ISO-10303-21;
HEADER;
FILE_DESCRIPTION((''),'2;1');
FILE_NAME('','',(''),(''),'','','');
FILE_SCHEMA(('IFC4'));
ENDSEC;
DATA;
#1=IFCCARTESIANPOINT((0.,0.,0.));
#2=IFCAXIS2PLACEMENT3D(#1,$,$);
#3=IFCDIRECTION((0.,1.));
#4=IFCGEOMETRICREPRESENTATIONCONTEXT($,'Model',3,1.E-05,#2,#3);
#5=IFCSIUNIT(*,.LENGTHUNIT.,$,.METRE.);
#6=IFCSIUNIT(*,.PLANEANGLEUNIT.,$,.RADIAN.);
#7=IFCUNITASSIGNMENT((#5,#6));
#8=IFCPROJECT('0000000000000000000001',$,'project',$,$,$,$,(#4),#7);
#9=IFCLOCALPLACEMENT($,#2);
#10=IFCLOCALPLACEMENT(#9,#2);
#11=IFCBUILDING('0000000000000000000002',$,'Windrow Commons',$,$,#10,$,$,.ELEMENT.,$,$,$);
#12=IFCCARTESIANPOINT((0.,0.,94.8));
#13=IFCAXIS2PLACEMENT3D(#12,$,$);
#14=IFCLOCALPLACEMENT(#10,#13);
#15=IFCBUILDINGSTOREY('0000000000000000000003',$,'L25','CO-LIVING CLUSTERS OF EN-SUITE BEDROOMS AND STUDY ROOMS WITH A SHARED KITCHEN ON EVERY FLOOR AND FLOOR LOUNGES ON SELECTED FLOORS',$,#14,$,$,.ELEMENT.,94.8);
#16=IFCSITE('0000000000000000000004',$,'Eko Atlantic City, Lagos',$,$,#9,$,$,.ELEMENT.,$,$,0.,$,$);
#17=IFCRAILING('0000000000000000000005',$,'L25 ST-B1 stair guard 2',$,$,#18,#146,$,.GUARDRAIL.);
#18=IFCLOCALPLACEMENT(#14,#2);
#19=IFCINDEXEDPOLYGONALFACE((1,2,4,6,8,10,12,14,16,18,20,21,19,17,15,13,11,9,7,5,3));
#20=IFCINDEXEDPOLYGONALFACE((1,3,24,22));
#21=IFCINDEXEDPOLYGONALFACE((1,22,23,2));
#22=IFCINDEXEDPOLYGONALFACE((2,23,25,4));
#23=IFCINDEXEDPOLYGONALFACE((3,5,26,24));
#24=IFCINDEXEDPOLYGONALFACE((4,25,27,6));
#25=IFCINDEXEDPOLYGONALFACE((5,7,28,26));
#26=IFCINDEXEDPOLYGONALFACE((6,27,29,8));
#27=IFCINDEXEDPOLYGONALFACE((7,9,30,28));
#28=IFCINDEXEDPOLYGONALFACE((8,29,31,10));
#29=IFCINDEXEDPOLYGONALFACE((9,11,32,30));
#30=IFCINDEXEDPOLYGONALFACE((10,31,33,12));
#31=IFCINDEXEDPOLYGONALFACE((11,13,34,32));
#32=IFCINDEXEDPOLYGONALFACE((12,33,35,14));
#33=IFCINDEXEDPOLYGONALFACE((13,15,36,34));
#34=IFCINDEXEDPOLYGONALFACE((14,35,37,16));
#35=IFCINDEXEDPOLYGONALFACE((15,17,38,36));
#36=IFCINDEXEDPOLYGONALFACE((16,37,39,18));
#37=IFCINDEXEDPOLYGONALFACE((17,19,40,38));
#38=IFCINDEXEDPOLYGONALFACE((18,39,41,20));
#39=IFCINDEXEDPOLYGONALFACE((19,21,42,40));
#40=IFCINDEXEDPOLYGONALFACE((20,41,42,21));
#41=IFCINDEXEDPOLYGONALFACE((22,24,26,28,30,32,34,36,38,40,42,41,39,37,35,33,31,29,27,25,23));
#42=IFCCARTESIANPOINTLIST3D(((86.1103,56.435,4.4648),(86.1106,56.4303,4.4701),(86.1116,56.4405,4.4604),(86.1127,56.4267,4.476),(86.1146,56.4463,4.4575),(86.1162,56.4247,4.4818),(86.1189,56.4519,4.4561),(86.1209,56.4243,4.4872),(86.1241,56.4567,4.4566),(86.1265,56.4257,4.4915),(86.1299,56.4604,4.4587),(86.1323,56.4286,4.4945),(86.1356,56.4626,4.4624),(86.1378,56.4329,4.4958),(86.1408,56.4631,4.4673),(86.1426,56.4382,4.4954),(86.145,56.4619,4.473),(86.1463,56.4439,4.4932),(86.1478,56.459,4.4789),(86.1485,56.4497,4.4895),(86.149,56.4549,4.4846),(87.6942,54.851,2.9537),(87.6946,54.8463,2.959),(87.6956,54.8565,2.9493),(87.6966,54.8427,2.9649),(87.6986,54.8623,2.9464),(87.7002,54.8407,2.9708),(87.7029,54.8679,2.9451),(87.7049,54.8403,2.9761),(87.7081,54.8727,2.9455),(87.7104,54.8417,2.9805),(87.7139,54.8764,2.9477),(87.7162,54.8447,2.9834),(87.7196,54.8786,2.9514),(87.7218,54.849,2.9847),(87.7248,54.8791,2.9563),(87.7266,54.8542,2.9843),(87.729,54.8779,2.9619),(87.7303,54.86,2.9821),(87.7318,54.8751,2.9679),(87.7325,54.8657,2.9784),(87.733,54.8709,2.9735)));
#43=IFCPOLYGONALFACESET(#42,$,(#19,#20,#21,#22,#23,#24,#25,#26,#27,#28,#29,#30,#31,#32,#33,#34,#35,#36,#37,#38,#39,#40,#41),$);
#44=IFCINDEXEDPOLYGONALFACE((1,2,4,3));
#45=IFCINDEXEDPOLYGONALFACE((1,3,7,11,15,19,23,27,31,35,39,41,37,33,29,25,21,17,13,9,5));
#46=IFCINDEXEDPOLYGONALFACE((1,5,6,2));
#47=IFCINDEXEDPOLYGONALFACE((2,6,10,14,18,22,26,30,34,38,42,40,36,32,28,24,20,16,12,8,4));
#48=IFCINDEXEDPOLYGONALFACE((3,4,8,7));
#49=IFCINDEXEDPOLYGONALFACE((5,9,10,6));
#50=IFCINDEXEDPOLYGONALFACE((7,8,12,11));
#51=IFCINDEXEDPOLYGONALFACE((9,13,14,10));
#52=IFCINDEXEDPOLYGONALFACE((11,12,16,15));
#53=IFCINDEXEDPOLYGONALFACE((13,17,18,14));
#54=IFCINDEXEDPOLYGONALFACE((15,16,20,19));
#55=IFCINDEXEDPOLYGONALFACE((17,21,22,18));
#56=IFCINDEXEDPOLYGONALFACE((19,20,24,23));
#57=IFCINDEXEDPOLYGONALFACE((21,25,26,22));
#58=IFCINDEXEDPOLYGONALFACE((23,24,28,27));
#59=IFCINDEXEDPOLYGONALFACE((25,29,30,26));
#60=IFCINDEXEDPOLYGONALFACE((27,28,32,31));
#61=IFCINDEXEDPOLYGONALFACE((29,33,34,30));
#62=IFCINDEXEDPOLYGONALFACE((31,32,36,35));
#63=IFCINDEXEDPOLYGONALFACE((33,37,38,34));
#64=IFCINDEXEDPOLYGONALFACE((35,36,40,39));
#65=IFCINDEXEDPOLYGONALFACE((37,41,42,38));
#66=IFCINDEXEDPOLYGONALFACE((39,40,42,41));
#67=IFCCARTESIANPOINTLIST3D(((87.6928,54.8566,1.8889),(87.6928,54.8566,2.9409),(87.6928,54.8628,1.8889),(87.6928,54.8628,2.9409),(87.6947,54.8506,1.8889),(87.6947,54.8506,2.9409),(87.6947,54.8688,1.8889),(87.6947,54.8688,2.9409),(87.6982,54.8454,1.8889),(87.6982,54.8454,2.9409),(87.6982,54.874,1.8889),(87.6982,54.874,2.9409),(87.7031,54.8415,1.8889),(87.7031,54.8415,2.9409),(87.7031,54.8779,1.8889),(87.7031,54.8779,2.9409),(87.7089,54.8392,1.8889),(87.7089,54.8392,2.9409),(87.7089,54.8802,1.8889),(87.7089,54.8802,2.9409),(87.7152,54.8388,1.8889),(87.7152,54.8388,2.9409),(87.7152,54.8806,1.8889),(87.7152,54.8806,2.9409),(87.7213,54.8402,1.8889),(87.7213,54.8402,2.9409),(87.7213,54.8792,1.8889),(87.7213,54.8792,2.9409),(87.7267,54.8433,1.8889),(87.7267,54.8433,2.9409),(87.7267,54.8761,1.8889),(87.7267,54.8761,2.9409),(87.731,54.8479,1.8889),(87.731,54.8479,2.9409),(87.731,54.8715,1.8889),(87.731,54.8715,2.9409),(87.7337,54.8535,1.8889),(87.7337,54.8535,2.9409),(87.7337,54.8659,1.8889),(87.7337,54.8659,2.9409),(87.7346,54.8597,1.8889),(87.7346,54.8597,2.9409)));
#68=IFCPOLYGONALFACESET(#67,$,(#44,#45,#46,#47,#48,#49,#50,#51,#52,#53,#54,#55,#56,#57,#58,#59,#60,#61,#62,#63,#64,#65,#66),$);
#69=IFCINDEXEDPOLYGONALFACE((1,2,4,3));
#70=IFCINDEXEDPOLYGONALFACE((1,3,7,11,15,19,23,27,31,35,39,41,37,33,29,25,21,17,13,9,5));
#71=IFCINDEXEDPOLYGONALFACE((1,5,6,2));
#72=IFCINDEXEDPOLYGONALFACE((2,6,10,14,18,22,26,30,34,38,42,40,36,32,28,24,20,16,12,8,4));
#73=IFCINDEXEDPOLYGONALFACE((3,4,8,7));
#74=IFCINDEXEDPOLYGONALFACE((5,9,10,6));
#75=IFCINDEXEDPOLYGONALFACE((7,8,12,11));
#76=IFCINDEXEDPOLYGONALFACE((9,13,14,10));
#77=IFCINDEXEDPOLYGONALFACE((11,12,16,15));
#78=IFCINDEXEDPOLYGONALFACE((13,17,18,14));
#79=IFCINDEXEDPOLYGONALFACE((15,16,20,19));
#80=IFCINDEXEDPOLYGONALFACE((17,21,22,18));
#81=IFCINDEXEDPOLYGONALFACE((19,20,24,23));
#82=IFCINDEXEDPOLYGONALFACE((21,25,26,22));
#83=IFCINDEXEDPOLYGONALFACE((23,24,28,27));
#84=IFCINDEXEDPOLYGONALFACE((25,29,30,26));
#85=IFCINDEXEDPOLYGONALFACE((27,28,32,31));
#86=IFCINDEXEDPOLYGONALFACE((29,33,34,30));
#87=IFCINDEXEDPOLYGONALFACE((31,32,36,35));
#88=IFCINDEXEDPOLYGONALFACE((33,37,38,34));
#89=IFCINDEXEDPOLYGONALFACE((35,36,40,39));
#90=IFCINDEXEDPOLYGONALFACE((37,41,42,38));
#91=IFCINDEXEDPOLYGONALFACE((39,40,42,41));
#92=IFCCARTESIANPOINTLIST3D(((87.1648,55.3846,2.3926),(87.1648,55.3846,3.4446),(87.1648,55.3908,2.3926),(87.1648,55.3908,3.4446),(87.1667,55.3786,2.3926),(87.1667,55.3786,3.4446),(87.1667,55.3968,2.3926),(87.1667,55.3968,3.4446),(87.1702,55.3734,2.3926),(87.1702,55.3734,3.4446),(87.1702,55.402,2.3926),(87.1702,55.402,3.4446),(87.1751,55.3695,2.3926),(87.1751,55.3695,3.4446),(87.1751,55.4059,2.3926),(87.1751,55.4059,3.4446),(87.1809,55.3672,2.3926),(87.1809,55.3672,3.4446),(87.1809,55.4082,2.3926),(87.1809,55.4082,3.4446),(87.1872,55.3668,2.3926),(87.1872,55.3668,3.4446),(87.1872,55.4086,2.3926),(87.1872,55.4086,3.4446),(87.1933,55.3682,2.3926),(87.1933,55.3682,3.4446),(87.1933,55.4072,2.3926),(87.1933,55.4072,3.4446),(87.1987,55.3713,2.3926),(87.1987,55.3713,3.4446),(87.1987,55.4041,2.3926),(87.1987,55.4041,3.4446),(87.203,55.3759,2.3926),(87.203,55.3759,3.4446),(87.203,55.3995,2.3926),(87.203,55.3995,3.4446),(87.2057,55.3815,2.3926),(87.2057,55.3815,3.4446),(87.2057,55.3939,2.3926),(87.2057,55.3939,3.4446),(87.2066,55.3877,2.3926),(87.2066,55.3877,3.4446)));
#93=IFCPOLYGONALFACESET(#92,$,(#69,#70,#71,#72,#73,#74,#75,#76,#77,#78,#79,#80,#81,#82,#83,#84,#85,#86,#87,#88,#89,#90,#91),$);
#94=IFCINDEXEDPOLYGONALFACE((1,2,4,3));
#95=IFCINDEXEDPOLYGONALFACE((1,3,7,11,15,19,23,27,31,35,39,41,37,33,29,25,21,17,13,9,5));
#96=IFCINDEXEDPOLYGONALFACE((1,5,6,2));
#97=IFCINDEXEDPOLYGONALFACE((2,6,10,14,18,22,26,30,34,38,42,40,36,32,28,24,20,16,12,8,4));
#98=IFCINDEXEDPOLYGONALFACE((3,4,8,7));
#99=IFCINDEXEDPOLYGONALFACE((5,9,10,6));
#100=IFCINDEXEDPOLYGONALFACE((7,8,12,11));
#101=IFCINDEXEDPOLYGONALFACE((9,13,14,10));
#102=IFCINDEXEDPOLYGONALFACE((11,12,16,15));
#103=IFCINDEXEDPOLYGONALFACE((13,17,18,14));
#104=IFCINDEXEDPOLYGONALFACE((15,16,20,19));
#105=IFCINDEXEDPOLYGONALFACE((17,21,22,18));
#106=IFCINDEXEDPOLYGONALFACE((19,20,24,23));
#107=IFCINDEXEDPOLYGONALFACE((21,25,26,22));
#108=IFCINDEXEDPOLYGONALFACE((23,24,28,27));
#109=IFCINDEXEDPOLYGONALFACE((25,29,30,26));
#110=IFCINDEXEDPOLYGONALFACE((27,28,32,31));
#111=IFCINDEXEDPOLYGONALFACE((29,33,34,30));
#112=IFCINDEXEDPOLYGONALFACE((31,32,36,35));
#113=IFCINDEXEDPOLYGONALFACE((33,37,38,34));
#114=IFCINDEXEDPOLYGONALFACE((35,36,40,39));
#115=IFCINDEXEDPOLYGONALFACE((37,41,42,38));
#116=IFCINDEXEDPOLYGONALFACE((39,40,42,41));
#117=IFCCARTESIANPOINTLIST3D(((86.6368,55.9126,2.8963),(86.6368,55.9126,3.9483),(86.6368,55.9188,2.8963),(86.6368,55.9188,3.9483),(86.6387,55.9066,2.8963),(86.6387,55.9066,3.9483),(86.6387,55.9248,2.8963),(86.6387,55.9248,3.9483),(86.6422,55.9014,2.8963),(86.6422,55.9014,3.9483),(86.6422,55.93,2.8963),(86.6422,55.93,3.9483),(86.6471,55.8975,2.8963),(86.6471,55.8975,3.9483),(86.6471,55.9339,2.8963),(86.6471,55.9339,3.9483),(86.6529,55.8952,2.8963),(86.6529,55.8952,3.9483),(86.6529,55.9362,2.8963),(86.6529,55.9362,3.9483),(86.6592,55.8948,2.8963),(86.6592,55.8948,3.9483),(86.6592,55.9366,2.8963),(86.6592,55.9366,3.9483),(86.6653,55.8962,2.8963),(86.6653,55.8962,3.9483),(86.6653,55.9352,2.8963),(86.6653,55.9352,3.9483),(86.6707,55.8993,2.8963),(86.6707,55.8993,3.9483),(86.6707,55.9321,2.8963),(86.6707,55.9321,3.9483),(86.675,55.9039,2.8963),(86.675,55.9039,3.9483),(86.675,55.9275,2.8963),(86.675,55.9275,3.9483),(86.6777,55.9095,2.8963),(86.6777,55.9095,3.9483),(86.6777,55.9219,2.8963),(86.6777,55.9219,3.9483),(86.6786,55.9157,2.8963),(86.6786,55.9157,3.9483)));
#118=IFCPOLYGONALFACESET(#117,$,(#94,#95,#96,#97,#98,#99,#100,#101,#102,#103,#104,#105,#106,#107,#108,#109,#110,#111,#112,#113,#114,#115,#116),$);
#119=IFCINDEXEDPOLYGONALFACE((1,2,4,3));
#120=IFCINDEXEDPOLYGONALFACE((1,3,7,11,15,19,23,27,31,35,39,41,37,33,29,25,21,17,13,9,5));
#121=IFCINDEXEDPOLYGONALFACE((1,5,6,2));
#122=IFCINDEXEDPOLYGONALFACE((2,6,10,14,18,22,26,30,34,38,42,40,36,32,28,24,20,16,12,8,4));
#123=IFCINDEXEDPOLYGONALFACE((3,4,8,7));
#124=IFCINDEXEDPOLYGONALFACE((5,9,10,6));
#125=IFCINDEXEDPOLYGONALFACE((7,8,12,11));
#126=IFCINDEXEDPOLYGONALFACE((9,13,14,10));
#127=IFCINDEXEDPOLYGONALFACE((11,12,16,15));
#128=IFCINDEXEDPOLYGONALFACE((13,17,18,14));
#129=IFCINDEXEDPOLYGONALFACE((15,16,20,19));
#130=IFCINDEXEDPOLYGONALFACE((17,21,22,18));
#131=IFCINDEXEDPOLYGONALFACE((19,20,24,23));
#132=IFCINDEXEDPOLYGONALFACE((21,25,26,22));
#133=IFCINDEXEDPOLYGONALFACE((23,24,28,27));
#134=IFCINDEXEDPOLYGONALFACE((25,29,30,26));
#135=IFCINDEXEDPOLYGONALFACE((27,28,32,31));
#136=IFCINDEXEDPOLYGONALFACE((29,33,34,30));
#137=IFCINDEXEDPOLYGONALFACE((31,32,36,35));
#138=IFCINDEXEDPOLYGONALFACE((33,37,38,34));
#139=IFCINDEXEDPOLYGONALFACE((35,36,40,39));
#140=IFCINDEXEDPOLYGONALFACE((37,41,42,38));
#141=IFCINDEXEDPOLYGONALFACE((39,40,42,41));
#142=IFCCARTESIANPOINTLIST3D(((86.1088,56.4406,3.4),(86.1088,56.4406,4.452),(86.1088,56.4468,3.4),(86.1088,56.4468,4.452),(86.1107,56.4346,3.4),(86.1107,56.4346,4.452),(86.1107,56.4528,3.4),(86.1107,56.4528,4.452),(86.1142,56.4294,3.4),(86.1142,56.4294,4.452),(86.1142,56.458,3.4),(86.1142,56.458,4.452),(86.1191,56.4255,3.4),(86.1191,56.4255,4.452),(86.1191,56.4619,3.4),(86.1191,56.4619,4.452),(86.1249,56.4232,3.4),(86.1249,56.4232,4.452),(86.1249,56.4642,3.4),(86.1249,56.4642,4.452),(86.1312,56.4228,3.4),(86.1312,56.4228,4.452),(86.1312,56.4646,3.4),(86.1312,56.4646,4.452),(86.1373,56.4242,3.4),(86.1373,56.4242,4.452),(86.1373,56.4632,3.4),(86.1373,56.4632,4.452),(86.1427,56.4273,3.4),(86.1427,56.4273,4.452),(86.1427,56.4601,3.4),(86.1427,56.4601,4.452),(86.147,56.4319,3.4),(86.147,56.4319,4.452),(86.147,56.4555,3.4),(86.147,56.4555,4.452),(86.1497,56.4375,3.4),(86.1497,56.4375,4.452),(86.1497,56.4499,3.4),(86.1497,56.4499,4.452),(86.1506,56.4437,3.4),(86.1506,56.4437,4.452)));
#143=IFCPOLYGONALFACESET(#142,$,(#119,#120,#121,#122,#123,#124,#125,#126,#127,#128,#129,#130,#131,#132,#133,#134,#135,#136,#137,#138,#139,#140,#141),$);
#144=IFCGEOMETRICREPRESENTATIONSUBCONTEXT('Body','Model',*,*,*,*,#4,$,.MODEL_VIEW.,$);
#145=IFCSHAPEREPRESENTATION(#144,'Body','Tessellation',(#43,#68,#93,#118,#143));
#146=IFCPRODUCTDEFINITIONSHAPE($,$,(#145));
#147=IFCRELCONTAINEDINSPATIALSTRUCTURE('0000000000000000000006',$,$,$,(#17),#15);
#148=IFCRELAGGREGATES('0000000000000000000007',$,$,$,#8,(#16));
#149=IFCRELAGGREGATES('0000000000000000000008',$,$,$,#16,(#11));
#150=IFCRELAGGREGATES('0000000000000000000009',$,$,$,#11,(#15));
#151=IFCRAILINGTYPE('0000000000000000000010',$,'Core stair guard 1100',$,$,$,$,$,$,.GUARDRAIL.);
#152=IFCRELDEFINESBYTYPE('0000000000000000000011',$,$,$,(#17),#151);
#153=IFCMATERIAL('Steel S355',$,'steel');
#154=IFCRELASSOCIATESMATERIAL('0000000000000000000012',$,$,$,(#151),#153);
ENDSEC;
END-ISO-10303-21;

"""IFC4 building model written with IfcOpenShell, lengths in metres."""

from ifc_helpers import new_model, si_unit, direction, frame, origin, origin_2d, place, context, subcontext, project, spatial, circle, extrude, material, type_object, element, save


model = new_model("IFC4")

# Units and contexts
model_context = context("Model", 3, precision=1e-05, world=origin(), true_north=direction((0.0, 1.0)))
body_context = subcontext(model_context, "Body", "Model", "MODEL_VIEW")
ifc_project = project(units=[si_unit("LENGTHUNIT", "METRE"), si_unit("PLANEANGLEUNIT", "RADIAN")], contexts=[model_context])

# Site, building, storey
site_placement = place(None, origin())
site = spatial("IfcSite", under=ifc_project, at=site_placement, Name="Eko Atlantic City, Lagos", CompositionType="ELEMENT", RefElevation=0.0)
building_placement = place(site_placement, origin())
building = spatial("IfcBuilding", under=site, at=building_placement, Name="Windrow Commons", CompositionType="ELEMENT")
storey_placement = place(building_placement, frame((0.0, 0.0, 94.8)))
storey = spatial("IfcBuildingStorey", under=building, at=storey_placement, Name="L25", Description="CO-LIVING CLUSTERS OF EN-SUITE BEDROOMS AND STUDY ROOMS WITH A SHARED KITCHEN ON EVERY FLOOR AND FLOOR LOUNGES ON SELECTED FLOORS", CompositionType="ELEMENT", Elevation=94.8)

# Railing
ifc_material_1 = material(Name="Steel S355", Category="steel")
railing_type_1 = type_object("IfcRailingType", Name="Core stair guard 1100", PredefinedType="GUARDRAIL", material=ifc_material_1)
railing_1_placement = place(storey_placement, frame((87.7136, 54.8597, 1.8889)))
element("IfcRailing", 1, at=railing_1_placement, inside=storey, type_object=railing_type_1, Name="L25 ST-B1 stair guard 2", PredefinedType="GUARDRAIL", context=body_context, shape_type="SweptSolid", body=[
    extrude(circle(Radius=0.024, at=origin_2d()), frame((0.0, 0.0, 1.076), z_axis=(-0.586203, 0.586203, 0.559224), x_axis=(-0.707107, -0.707107, 0.0)), (0.0, 0.0, 1.0), 2.7021),
    extrude(circle(Radius=0.021, at=origin_2d()), origin(), (0.0, 0.0, 1.0), 1.052),
    extrude(circle(Radius=0.021, at=origin_2d()), frame((-0.528, 0.528, 0.5037)), (0.0, 0.0, 1.0), 1.052),
    extrude(circle(Radius=0.021, at=origin_2d()), frame((-1.056, 1.056, 1.0074)), (0.0, 0.0, 1.0), 1.052),
    extrude(circle(Radius=0.021, at=origin_2d()), frame((-1.584, 1.584, 1.5111)), (0.0, 0.0, 1.0), 1.052),
])

save(model, "model.ifc")
